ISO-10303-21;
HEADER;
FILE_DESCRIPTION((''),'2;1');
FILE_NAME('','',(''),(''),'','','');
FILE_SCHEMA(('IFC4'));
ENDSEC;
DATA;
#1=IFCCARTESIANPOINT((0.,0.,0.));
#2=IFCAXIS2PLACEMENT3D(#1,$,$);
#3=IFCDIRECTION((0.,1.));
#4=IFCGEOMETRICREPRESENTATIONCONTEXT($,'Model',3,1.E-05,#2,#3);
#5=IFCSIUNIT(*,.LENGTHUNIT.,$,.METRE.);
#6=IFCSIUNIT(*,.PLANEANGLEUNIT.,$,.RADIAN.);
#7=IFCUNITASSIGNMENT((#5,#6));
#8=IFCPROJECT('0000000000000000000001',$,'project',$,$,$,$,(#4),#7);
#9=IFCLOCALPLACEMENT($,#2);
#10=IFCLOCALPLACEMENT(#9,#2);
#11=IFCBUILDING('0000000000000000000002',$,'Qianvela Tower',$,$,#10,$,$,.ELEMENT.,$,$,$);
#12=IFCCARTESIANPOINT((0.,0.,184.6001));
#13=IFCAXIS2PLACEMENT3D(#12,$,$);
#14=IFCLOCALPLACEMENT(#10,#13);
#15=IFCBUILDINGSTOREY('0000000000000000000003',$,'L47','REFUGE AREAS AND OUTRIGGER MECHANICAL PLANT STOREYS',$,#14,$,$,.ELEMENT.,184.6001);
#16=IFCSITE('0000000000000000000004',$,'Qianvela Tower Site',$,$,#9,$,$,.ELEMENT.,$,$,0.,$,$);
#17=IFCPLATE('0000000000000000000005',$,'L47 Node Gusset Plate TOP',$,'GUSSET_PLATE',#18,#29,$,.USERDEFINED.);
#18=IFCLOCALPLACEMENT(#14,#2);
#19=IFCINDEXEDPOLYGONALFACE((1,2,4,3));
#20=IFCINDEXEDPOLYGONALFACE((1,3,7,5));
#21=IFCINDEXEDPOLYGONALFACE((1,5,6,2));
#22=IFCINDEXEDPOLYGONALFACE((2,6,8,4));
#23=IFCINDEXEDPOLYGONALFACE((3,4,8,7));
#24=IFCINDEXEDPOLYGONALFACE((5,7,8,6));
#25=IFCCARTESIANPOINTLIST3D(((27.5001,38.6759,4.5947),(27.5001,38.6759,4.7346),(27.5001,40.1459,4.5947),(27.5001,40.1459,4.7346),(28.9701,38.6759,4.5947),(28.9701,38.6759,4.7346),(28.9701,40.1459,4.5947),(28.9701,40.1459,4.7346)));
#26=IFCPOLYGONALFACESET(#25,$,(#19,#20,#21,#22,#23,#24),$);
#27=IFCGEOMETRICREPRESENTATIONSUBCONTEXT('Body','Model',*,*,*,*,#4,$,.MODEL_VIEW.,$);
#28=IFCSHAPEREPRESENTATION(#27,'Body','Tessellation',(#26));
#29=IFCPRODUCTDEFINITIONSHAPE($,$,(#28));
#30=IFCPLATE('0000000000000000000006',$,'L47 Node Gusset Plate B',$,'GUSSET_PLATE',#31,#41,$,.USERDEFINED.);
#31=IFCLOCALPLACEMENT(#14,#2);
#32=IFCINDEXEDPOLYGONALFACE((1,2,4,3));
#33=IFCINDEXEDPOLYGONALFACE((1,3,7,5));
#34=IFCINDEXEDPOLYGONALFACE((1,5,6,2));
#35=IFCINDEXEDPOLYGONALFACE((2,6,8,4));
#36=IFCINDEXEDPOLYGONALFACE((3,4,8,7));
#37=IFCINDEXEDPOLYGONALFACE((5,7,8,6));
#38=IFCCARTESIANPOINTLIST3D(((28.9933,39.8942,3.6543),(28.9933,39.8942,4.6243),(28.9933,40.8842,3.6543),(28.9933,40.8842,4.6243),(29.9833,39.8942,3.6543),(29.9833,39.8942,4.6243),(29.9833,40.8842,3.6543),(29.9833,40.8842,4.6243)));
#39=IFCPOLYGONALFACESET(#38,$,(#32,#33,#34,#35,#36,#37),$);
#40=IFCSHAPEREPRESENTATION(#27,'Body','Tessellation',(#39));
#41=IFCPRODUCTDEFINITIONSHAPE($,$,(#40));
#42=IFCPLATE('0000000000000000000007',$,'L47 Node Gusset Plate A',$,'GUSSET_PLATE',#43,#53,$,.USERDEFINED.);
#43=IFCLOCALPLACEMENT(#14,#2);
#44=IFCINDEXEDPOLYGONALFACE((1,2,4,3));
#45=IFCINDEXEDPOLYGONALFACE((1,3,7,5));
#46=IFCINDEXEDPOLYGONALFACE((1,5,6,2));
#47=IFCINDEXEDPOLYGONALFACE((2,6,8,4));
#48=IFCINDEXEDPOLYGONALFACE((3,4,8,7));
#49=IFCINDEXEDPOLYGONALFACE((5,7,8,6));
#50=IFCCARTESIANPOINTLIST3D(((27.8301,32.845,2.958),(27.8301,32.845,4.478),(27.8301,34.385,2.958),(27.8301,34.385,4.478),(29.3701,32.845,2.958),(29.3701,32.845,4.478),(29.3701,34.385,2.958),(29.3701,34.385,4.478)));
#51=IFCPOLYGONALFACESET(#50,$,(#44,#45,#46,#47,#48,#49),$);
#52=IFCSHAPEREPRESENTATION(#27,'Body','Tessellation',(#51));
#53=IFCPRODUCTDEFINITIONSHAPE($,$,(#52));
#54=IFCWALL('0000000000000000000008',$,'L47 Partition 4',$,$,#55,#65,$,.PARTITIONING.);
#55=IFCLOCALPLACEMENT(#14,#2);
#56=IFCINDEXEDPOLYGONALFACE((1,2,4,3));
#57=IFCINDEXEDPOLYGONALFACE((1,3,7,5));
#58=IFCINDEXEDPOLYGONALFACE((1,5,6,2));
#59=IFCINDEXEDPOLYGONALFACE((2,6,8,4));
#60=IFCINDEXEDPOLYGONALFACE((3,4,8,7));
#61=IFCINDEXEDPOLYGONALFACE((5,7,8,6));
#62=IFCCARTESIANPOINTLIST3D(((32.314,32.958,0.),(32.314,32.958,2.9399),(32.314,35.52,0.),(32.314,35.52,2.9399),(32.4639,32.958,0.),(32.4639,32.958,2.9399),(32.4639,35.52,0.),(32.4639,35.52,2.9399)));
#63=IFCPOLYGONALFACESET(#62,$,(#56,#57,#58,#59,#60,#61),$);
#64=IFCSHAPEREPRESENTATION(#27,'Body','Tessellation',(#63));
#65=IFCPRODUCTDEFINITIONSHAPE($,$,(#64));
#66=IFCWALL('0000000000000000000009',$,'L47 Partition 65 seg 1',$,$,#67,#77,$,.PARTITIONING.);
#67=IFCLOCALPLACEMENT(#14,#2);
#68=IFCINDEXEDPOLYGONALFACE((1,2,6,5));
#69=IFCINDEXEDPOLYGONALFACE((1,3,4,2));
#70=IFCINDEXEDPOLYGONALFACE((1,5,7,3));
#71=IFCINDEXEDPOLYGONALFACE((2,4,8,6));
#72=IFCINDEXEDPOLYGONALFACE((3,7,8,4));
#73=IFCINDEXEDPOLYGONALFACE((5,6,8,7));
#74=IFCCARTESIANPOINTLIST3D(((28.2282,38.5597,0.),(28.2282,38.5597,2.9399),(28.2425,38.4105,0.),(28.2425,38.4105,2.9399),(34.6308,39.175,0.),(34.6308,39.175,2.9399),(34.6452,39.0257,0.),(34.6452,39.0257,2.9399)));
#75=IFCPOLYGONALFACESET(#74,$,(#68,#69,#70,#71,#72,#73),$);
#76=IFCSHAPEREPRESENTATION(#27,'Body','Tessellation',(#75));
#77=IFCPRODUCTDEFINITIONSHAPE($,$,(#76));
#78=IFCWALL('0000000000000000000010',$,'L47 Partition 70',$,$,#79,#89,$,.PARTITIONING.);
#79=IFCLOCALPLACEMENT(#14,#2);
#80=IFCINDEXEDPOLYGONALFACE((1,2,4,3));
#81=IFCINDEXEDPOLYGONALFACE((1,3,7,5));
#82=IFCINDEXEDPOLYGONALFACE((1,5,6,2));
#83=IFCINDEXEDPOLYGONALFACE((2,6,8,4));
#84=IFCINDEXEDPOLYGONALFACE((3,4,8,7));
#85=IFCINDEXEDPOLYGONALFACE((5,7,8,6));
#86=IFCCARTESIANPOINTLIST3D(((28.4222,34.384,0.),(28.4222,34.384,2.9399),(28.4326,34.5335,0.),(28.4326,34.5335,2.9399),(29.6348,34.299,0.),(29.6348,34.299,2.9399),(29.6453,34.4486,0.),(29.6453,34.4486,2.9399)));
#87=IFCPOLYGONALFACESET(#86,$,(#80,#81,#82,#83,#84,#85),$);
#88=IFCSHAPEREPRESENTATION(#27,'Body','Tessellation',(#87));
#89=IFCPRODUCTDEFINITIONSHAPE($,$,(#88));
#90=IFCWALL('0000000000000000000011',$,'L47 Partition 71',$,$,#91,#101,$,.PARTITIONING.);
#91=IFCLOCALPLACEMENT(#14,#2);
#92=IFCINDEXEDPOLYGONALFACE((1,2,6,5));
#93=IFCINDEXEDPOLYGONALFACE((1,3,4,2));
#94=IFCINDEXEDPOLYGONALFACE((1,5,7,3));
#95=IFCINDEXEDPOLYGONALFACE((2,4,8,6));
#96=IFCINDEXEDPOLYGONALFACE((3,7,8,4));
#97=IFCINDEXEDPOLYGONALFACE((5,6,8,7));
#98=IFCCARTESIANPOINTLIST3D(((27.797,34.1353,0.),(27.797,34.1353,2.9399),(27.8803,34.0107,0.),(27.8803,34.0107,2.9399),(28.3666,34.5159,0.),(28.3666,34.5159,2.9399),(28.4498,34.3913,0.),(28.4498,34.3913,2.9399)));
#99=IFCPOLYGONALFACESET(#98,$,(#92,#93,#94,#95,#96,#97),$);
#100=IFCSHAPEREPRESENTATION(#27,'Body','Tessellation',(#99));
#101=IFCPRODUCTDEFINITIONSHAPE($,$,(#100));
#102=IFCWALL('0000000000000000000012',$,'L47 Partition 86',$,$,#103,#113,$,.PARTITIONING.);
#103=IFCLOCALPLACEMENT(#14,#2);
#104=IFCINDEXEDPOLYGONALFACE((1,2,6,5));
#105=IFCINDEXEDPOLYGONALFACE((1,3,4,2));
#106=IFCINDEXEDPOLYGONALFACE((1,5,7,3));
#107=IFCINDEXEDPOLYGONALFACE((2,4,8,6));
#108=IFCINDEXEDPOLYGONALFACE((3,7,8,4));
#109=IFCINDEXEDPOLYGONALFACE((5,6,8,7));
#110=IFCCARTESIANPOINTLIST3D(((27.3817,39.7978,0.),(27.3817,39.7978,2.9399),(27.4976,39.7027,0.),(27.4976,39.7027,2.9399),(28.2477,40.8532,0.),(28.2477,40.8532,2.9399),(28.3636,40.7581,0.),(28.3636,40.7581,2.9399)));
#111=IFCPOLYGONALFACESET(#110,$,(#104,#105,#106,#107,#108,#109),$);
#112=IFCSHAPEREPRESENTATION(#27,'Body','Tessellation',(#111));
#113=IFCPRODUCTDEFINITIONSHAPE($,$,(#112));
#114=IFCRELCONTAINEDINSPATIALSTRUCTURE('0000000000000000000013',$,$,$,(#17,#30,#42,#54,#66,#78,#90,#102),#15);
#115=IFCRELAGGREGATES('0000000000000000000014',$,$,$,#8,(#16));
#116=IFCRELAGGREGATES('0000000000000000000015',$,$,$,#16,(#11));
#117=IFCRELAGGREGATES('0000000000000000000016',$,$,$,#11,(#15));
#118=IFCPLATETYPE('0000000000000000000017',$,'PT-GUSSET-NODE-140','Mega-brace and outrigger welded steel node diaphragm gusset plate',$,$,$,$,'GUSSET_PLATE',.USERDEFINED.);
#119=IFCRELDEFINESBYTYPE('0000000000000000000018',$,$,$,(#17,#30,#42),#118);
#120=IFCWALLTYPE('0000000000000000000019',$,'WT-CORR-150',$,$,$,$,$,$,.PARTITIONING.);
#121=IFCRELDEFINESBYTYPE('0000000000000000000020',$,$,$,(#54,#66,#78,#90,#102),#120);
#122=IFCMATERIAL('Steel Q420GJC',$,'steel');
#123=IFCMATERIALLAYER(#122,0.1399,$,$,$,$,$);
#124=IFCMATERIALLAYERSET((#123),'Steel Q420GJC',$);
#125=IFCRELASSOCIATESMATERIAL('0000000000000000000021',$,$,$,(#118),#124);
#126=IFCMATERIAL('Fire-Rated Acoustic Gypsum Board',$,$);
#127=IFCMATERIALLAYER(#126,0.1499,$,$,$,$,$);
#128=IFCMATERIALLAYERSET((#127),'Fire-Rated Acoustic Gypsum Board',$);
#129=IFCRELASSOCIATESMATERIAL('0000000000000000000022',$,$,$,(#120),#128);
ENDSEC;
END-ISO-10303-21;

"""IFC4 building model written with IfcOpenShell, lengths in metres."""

from ifc_helpers import new_model, si_unit, direction, frame, frame_2d, origin, origin_2d, place, context, subcontext, project, spatial, rectangle, extrude, material, layer, layer_set, type_object, element, save


model = new_model("IFC4")

# Units and contexts
model_context = context("Model", 3, precision=1e-05, world=origin(), true_north=direction((0.0, 1.0)))
body_context = subcontext(model_context, "Body", "Model", "MODEL_VIEW")
ifc_project = project(units=[si_unit("LENGTHUNIT", "METRE"), si_unit("PLANEANGLEUNIT", "RADIAN")], contexts=[model_context])

# Site, building, storey
site_placement = place(None, origin())
site = spatial("IfcSite", under=ifc_project, at=site_placement, Name="Qianvela Tower Site", CompositionType="ELEMENT", RefElevation=0.0)
building_placement = place(site_placement, origin())
building = spatial("IfcBuilding", under=site, at=building_placement, Name="Qianvela Tower", CompositionType="ELEMENT")
storey_placement = place(building_placement, frame((0.0, 0.0, 184.6001)))
storey = spatial("IfcBuildingStorey", under=building, at=storey_placement, Name="L47", Description="REFUGE AREAS AND OUTRIGGER MECHANICAL PLANT STOREYS", CompositionType="ELEMENT", Elevation=184.6001)

# Plates
ifc_material_1 = material(Name="Steel Q420GJC", Category="steel")
ifc_layer_1 = layer(ifc_material_1, 0.1399)
ifc_layer_set_1 = layer_set([ifc_layer_1], Name="Steel Q420GJC")
plate_type_1 = type_object("IfcPlateType", Name="PT-GUSSET-NODE-140", Description="Mega-brace and outrigger welded steel node diaphragm gusset plate", ElementType="GUSSET_PLATE", PredefinedType="USERDEFINED", material=ifc_layer_set_1)
plate_1_placement = place(storey_placement, frame((28.2351, 39.4109, 4.5947), z_axis=(0.0, 0.0, 1.0), x_axis=(1.0, 0.0, 0.0)))
element("IfcPlate", 1, at=plate_1_placement, inside=storey, type_object=plate_type_1, Name="L47 Node Gusset Plate TOP", ObjectType="GUSSET_PLATE", PredefinedType="USERDEFINED", context=body_context, shape_type="SweptSolid", body=[
    extrude(rectangle(XDim=1.47, YDim=1.47, at=origin_2d()), origin(), (0.0, 0.0, 1.0), 0.1399),
])
plate_2_placement = place(storey_placement, frame((29.4883, 40.3892, 3.6543), z_axis=(0.0, 0.0, 1.0), x_axis=(1.0, 0.0, 0.0)))
element("IfcPlate", 2, at=plate_2_placement, inside=storey, type_object=plate_type_1, Name="L47 Node Gusset Plate B", ObjectType="GUSSET_PLATE", PredefinedType="USERDEFINED", context=body_context, shape_type="SweptSolid", body=[
    extrude(rectangle(XDim=0.99, YDim=0.99, at=origin_2d()), origin(), (0.0, 0.0, 1.0), 0.97),
])
plate_3_placement = place(storey_placement, frame((28.6001, 33.615, 2.958), z_axis=(0.0, 0.0, 1.0), x_axis=(1.0, 0.0, 0.0)))
element("IfcPlate", 3, at=plate_3_placement, inside=storey, type_object=plate_type_1, Name="L47 Node Gusset Plate A", ObjectType="GUSSET_PLATE", PredefinedType="USERDEFINED", context=body_context, shape_type="SweptSolid", body=[
    extrude(rectangle(XDim=1.54, YDim=1.54, at=origin_2d()), origin(), (0.0, 0.0, 1.0), 1.52),
])

# Shared definitions
ifc_material_2 = material(Name="Fire-Rated Acoustic Gypsum Board")
ifc_layer_2 = layer(ifc_material_2, 0.1499)
ifc_layer_set_2 = layer_set([ifc_layer_2], Name="Fire-Rated Acoustic Gypsum Board")
wall_type = type_object("IfcWallType", Name="WT-CORR-150", PredefinedType="PARTITIONING", material=ifc_layer_set_2)

# Walls
wall_1_placement = place(storey_placement, frame((32.3889, 35.52, 0.0), z_axis=(0.0, 0.0, 1.0), x_axis=(0.0, -1.0, 0.0)))
element("IfcWall", 4, at=wall_1_placement, inside=storey, type_object=wall_type, Name="L47 Partition 4", PredefinedType="PARTITIONING", context=body_context, shape_type="SweptSolid", body=[
    extrude(rectangle(XDim=2.562, YDim=0.1499, at=frame_2d((1.281, 0.0))), origin(), (0.0, 0.0, 1.0), 2.9399),
])
wall_2_placement = place(storey_placement, frame((28.2354, 38.4851, 0.0), z_axis=(0.0, 0.0, 1.0), x_axis=(0.995415, 0.095651, 0.0)))
element("IfcWall", 5, at=wall_2_placement, inside=storey, type_object=wall_type, Name="L47 Partition 65 seg 1", PredefinedType="PARTITIONING", context=body_context, shape_type="SweptSolid", body=[
    extrude(rectangle(XDim=6.4321, YDim=0.1499, at=frame_2d((3.2161, 0.0))), origin(), (0.0, 0.0, 1.0), 2.9399),
])
wall_3_placement = place(storey_placement, frame((29.6401, 34.3738, 0.0), z_axis=(0.0, 0.0, 1.0), x_axis=(-0.997555, 0.069891, 0.0)))
element("IfcWall", 6, at=wall_3_placement, inside=storey, type_object=wall_type, Name="L47 Partition 70", PredefinedType="PARTITIONING", context=body_context, shape_type="SweptSolid", body=[
    extrude(rectangle(XDim=1.2156, YDim=0.1499, at=frame_2d((0.6079, 0.0))), origin(), (0.0, 0.0, 1.0), 2.9399),
])
wall_4_placement = place(storey_placement, frame((28.4082, 34.4536, 0.0), z_axis=(0.0, 0.0, 1.0), x_axis=(-0.831447, -0.555605, 0.0)))
element("IfcWall", 7, at=wall_4_placement, inside=storey, type_object=wall_type, Name="L47 Partition 71", PredefinedType="PARTITIONING", context=body_context, shape_type="SweptSolid", body=[
    extrude(rectangle(XDim=0.6851, YDim=0.1499, at=frame_2d((0.3425, 0.0))), origin(), (0.0, 0.0, 1.0), 2.9399),
])
wall_5_placement = place(storey_placement, frame((28.3057, 40.8057, 0.0), z_axis=(0.0, 0.0, 1.0), x_axis=(-0.634308, -0.77308, 0.0)))
element("IfcWall", 8, at=wall_5_placement, inside=storey, type_object=wall_type, Name="L47 Partition 86", PredefinedType="PARTITIONING", context=body_context, shape_type="SweptSolid", body=[
    extrude(rectangle(XDim=1.3652, YDim=0.1499, at=frame_2d((0.6826, 0.0))), origin(), (0.0, 0.0, 1.0), 2.9399),
])

save(model, "model.ifc")
